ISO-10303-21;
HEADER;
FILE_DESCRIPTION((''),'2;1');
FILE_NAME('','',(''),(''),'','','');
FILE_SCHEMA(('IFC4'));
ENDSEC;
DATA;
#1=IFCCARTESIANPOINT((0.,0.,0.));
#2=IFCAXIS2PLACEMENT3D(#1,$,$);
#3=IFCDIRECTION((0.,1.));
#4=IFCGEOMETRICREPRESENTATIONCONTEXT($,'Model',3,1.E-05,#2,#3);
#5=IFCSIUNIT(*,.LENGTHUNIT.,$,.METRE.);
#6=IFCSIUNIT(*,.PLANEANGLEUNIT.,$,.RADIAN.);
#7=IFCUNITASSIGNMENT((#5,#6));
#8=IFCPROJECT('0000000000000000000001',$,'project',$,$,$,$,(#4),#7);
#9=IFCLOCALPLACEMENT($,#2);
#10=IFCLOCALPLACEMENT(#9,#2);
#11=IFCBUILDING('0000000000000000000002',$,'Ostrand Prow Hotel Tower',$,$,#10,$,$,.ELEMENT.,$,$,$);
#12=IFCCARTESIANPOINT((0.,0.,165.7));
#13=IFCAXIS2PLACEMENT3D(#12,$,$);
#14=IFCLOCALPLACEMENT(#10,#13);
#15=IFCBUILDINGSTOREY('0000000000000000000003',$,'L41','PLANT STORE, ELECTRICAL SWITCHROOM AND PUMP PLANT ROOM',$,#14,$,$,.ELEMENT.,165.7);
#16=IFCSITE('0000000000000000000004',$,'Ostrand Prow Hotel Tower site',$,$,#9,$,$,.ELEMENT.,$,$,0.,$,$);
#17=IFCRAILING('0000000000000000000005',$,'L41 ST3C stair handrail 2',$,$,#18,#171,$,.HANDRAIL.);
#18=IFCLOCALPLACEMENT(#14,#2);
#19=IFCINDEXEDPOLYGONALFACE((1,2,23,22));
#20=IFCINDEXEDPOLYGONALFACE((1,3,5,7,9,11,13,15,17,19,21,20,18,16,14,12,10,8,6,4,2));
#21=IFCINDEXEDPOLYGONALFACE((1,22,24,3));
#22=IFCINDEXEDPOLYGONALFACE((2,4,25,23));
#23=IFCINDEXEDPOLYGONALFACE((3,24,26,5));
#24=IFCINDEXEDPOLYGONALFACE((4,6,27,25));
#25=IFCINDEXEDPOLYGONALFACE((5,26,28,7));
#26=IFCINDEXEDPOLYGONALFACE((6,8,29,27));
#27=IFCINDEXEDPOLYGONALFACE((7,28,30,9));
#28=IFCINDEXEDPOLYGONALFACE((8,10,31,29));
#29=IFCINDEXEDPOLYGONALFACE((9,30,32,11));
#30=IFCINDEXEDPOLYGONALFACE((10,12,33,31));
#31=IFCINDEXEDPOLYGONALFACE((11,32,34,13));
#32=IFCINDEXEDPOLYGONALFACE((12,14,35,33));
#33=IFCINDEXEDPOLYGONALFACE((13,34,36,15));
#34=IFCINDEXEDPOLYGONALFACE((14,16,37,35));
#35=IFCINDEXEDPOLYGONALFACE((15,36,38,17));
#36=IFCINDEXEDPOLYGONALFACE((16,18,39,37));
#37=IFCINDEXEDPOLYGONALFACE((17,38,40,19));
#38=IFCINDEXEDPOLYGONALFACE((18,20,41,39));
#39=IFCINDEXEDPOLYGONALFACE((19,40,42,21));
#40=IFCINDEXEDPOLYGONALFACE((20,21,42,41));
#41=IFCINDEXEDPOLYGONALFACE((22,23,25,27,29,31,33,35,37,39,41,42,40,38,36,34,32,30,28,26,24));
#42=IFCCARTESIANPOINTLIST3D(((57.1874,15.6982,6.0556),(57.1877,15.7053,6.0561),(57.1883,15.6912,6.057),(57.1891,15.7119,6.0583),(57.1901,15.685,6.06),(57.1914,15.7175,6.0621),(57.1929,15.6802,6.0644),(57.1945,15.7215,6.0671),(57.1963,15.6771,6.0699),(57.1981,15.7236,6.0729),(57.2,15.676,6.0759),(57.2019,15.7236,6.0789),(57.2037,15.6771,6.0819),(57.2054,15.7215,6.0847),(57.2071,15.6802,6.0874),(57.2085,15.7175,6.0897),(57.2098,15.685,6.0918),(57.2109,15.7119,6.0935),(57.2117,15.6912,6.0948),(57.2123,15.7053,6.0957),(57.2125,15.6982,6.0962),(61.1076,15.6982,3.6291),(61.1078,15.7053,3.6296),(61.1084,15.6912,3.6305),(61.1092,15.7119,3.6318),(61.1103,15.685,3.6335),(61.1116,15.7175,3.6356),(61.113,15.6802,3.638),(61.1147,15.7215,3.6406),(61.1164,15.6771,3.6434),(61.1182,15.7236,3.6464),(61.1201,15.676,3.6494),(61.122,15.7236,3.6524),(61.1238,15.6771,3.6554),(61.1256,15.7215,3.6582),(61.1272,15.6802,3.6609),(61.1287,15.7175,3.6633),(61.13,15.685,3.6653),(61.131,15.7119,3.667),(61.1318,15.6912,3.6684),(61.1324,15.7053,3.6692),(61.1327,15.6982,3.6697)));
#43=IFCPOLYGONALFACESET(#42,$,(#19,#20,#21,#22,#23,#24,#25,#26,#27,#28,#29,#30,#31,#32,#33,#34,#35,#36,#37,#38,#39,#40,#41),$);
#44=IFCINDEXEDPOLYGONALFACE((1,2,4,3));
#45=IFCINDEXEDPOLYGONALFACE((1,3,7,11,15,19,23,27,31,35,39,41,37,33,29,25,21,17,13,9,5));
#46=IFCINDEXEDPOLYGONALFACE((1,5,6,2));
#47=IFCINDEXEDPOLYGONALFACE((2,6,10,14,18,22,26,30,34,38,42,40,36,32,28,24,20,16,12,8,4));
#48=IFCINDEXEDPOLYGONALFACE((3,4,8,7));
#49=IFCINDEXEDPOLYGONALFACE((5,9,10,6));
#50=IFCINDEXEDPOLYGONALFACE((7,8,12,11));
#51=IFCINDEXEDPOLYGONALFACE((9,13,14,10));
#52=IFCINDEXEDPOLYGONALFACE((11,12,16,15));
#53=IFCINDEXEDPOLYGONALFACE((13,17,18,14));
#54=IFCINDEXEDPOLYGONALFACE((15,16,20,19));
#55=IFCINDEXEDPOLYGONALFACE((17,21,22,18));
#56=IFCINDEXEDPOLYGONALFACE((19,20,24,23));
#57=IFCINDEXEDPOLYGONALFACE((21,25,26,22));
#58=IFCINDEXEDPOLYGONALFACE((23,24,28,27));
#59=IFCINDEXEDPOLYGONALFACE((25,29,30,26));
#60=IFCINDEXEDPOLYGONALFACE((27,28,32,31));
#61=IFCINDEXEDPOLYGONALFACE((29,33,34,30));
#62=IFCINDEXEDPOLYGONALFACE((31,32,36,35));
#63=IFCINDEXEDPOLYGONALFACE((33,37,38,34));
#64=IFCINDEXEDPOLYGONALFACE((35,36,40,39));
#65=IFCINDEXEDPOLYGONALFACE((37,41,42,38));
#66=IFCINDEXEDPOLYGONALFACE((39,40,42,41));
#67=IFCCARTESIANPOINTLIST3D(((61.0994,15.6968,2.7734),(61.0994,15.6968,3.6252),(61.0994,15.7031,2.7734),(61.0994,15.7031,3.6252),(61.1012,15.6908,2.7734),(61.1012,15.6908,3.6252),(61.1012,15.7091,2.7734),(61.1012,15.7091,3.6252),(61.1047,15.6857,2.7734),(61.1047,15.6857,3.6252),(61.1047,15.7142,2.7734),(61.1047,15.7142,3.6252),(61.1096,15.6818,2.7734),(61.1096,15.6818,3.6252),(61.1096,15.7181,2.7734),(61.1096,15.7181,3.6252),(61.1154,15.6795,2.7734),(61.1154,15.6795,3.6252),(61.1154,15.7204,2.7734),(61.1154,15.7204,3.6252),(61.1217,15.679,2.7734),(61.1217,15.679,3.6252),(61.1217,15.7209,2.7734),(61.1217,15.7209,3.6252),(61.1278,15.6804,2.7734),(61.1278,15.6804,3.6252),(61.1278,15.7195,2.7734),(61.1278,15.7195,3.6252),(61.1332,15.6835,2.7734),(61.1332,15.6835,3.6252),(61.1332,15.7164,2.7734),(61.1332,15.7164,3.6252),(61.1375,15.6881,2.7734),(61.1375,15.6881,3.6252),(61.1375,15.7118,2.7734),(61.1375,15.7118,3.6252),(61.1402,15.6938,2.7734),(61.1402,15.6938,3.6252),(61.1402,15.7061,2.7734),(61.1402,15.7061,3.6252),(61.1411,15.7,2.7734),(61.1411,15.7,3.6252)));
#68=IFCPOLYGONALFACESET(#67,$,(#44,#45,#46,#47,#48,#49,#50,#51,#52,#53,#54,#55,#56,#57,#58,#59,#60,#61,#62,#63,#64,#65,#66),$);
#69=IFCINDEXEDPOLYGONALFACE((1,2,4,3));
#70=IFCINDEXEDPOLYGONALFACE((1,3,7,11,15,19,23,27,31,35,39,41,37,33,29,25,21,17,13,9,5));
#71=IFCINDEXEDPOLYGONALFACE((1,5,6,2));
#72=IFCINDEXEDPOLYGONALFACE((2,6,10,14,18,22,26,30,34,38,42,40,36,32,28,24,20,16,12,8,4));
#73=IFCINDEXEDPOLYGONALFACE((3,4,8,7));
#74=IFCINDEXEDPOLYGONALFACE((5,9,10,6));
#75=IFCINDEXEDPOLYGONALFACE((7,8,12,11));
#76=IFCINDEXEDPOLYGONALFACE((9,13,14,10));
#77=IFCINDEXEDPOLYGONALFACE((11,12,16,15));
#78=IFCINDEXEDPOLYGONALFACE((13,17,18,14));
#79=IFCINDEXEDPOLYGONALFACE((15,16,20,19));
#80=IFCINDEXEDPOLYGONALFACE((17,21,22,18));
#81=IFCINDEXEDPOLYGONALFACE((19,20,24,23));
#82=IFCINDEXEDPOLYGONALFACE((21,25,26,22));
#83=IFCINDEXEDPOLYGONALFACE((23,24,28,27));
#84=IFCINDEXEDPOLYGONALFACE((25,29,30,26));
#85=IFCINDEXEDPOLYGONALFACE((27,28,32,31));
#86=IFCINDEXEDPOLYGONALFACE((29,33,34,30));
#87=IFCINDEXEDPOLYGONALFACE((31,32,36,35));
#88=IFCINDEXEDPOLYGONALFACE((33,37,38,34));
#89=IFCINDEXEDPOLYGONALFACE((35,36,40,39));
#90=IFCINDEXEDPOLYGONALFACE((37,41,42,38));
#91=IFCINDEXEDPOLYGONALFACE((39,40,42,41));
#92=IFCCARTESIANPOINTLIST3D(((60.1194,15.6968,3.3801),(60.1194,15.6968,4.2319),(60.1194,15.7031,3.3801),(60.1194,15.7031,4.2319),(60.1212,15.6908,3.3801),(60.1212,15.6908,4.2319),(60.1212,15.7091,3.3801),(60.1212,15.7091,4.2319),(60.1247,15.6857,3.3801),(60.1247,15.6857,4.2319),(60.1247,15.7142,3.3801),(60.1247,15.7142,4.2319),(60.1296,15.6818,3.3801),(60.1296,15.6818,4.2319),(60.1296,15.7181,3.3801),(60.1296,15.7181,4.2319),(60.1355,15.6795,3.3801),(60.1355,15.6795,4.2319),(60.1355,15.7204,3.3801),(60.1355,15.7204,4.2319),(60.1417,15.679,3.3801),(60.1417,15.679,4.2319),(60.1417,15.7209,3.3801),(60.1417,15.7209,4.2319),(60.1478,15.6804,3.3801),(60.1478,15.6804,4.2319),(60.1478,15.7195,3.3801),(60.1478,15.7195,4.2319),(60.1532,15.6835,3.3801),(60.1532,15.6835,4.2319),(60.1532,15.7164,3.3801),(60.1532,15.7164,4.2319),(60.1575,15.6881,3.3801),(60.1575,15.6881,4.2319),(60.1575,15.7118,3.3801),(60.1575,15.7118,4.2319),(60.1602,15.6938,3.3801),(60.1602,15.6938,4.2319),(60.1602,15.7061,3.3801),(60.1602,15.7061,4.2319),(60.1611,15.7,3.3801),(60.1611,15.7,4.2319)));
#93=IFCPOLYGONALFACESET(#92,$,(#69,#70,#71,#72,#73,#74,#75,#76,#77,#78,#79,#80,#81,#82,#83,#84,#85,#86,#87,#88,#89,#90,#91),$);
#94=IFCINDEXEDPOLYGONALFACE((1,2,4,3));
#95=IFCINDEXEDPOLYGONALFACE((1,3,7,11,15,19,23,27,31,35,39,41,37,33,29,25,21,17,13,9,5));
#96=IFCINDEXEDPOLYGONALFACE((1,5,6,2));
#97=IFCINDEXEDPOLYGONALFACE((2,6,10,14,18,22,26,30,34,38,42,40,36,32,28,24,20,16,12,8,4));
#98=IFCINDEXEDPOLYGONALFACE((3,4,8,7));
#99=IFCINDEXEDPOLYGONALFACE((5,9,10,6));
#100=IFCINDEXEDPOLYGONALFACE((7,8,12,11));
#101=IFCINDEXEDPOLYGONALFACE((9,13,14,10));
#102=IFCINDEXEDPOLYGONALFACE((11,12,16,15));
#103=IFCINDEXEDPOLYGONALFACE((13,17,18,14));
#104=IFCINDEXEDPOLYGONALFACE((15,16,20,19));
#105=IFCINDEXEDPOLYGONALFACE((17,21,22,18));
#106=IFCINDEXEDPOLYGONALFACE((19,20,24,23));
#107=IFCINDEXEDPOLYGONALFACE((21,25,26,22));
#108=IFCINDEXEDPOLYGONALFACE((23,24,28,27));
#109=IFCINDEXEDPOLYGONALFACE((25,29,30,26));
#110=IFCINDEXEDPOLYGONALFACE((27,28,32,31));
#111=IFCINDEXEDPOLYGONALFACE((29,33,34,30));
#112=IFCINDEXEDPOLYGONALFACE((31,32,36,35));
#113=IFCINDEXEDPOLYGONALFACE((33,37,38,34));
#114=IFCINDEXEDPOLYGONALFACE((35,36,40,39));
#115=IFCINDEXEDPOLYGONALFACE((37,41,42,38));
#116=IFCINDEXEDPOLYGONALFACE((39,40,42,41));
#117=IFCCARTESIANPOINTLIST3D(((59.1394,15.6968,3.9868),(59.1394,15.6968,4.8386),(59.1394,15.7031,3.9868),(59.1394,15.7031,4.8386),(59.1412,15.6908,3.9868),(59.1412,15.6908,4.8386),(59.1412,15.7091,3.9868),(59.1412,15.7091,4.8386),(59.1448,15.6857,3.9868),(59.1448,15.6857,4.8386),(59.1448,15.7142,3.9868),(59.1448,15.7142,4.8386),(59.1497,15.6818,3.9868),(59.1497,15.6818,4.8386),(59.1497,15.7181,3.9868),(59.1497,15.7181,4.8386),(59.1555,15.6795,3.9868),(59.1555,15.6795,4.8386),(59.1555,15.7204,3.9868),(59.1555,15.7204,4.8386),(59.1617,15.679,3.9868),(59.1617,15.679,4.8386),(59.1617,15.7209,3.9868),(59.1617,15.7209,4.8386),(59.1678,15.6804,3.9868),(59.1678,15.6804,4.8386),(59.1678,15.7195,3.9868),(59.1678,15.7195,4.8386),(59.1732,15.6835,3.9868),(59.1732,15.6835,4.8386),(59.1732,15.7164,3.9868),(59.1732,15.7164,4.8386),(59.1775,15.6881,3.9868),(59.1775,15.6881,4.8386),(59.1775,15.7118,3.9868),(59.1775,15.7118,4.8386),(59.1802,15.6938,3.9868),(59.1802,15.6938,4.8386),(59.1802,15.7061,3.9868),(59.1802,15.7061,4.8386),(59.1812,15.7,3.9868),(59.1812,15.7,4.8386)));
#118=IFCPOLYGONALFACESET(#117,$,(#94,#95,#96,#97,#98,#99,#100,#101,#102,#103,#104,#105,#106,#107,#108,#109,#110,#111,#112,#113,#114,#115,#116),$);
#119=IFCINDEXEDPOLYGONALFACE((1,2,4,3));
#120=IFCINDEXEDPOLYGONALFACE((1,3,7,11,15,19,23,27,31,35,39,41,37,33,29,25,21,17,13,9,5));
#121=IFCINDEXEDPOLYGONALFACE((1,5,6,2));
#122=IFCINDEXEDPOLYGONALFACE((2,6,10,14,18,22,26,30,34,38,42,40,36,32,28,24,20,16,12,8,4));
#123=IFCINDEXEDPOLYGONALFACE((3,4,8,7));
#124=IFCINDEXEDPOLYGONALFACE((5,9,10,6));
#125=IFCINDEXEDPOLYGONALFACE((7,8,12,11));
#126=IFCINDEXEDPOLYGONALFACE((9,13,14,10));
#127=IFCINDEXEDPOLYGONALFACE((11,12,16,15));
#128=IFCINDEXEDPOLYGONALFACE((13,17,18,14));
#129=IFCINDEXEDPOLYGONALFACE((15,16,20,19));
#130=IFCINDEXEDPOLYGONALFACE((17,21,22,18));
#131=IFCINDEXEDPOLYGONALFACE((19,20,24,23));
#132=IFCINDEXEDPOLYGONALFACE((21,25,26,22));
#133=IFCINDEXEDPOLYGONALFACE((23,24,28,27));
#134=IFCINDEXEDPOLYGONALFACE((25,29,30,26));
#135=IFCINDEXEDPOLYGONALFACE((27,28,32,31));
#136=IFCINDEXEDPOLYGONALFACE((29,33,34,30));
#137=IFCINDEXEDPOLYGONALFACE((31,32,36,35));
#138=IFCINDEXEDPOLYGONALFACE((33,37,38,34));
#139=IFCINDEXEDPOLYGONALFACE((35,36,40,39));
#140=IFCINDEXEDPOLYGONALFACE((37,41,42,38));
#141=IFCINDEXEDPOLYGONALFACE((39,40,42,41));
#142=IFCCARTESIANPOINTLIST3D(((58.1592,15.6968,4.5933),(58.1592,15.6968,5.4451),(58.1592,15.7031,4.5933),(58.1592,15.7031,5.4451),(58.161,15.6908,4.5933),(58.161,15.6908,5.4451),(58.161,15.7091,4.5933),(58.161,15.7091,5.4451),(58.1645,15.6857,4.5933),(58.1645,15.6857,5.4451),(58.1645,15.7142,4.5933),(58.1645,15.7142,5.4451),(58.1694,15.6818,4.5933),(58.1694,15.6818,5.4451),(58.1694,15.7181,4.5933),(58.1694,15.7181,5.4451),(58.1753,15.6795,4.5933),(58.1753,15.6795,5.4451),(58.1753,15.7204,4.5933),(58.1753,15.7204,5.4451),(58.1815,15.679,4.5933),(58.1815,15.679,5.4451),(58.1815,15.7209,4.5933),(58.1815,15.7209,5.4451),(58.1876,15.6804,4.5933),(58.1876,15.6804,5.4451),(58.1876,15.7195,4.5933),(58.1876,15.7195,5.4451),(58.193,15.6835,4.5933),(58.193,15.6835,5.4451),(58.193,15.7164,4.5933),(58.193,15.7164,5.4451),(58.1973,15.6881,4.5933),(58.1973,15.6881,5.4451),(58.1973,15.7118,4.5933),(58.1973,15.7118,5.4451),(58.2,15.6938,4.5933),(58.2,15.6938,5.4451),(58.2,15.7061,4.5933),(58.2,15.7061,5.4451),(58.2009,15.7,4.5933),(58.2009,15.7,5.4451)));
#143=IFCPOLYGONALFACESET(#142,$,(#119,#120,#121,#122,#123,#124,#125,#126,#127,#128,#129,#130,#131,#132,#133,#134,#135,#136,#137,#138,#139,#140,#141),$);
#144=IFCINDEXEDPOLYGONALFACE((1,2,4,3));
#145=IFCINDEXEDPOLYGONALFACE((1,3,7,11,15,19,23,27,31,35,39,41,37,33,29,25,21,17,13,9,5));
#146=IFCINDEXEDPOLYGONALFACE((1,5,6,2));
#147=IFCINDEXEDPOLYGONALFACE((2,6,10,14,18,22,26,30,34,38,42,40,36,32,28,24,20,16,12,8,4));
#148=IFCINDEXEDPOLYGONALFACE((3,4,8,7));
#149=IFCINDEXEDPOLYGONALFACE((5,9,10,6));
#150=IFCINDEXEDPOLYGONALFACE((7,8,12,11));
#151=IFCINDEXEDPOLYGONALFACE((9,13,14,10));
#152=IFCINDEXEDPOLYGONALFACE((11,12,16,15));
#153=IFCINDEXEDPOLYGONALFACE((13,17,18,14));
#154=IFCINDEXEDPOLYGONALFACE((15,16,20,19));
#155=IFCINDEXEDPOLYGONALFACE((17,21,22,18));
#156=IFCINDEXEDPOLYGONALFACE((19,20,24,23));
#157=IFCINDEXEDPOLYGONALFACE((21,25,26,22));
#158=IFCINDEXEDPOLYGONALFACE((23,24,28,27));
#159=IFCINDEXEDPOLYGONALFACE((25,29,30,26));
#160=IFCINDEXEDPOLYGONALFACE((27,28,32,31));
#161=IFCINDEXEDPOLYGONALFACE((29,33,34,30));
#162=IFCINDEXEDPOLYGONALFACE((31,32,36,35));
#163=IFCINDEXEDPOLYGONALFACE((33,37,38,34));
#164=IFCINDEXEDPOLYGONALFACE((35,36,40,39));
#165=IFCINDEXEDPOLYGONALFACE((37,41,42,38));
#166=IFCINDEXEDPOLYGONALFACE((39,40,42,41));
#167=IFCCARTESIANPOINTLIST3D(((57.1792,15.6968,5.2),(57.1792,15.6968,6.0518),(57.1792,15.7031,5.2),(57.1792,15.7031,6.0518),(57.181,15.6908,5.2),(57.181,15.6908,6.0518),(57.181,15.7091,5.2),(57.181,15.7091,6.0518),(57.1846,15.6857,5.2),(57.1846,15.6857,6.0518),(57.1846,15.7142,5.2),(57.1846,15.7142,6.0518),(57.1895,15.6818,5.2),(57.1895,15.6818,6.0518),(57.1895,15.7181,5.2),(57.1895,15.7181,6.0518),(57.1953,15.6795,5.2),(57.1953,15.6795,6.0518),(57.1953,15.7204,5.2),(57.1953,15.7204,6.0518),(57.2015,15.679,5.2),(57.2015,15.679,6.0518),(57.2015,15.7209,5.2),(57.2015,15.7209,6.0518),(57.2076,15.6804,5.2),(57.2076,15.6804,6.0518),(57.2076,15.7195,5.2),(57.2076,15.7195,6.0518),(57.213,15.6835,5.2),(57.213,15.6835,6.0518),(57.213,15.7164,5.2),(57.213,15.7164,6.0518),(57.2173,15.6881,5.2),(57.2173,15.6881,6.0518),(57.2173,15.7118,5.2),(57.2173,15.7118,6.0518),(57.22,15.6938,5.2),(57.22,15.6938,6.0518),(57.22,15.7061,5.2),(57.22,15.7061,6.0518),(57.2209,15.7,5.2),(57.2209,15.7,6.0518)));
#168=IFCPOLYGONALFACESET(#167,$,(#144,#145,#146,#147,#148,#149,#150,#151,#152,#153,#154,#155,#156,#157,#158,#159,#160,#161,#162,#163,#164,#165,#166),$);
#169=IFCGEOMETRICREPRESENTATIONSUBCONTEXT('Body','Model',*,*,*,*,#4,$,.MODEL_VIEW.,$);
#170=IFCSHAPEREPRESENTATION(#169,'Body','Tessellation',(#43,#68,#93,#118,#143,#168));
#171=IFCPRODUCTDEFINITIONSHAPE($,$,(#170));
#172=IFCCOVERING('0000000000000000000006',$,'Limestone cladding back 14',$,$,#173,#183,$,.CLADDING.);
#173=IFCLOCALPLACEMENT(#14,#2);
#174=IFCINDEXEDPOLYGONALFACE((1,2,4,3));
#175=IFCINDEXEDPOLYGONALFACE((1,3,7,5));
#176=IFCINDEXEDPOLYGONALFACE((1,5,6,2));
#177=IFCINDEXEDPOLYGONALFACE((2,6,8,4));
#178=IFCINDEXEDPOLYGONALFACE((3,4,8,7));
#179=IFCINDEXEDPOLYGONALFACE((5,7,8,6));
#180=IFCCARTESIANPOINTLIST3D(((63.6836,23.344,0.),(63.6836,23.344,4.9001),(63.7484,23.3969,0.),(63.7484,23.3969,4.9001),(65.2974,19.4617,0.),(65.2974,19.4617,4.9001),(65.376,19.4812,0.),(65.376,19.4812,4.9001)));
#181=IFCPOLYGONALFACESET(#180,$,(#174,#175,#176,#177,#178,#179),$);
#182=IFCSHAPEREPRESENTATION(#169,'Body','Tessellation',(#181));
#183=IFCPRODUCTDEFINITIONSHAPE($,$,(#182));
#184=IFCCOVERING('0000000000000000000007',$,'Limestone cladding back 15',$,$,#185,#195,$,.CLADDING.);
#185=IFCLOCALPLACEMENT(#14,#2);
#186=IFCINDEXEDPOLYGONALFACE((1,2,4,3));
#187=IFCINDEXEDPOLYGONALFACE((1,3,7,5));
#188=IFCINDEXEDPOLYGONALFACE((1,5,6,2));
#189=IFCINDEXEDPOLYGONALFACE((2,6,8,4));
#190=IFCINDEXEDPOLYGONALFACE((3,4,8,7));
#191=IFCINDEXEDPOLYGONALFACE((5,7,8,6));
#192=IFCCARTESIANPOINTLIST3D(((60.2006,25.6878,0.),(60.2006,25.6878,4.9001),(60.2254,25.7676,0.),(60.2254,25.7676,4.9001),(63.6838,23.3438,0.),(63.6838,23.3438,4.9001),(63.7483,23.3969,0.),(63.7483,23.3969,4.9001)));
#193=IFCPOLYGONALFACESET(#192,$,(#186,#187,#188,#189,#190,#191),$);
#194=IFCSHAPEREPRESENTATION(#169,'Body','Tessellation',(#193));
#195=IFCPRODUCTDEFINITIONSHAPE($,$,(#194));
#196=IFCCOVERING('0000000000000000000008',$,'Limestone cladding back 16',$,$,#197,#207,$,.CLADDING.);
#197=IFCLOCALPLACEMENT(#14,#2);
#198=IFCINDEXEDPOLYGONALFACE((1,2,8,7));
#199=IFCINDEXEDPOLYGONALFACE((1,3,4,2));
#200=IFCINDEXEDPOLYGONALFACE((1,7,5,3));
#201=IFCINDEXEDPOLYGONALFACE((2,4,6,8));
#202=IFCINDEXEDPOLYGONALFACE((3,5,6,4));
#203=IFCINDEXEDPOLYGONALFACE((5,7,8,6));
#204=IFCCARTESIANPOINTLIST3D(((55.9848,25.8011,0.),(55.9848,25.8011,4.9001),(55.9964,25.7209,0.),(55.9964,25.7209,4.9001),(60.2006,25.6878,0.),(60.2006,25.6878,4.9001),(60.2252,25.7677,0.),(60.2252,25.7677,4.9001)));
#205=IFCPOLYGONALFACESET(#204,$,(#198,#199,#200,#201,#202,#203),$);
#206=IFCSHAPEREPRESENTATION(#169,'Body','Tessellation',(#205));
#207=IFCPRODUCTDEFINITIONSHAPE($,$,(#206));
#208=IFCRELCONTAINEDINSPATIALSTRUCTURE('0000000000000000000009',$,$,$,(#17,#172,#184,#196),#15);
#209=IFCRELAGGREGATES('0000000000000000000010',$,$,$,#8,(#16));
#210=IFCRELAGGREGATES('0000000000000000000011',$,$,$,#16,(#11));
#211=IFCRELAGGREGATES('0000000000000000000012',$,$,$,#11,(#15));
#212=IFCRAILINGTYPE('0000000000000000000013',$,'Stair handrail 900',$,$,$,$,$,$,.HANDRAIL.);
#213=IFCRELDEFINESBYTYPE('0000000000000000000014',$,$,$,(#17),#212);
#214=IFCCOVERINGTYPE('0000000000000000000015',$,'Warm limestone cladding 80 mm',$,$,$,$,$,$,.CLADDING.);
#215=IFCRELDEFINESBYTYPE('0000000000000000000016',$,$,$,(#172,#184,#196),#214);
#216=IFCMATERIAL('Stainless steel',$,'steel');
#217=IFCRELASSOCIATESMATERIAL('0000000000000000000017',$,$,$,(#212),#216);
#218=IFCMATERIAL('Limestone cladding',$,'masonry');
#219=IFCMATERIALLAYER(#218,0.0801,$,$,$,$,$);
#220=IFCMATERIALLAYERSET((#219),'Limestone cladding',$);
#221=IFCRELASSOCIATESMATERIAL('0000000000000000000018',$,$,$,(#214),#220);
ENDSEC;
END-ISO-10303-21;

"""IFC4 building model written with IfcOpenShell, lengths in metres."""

from ifc_helpers import new_model, si_unit, direction, frame, origin, origin_2d, place, context, subcontext, project, spatial, polyline, circle, outline, extrude, material, layer, layer_set, type_object, element, save


model = new_model("IFC4")

# Units and contexts
model_context = context("Model", 3, precision=1e-05, world=origin(), true_north=direction((0.0, 1.0)))
body_context = subcontext(model_context, "Body", "Model", "MODEL_VIEW")
ifc_project = project(units=[si_unit("LENGTHUNIT", "METRE"), si_unit("PLANEANGLEUNIT", "RADIAN")], contexts=[model_context])

# Site, building, storey
site_placement = place(None, origin())
site = spatial("IfcSite", under=ifc_project, at=site_placement, Name="Ostrand Prow Hotel Tower site", CompositionType="ELEMENT", RefElevation=0.0)
building_placement = place(site_placement, origin())
building = spatial("IfcBuilding", under=site, at=building_placement, Name="Ostrand Prow Hotel Tower", CompositionType="ELEMENT")
storey_placement = place(building_placement, frame((0.0, 0.0, 165.7)))
storey = spatial("IfcBuildingStorey", under=building, at=storey_placement, Name="L41", Description="PLANT STORE, ELECTRICAL SWITCHROOM AND PUMP PLANT ROOM", CompositionType="ELEMENT", Elevation=165.7)

# Railing
ifc_material_1 = material(Name="Stainless steel", Category="steel")
railing_type_1 = type_object("IfcRailingType", Name="Stair handrail 900", PredefinedType="HANDRAIL", material=ifc_material_1)
railing_1_placement = place(storey_placement, frame((61.1201, 15.7, 2.7734)))
element("IfcRailing", 1, at=railing_1_placement, inside=storey, type_object=railing_type_1, Name="L41 ST3C stair handrail 2", PredefinedType="HANDRAIL", context=body_context, shape_type="SweptSolid", body=[
    extrude(circle(Radius=0.0239, at=origin_2d()), frame((0.0, 0.0, 0.876), z_axis=(-0.85029, 0.0, 0.526315), x_axis=(0.0, -1.0, 0.0)), (0.0, 0.0, 1.0), 4.6104),
    extrude(circle(Radius=0.021, at=origin_2d()), origin(), (0.0, 0.0, 1.0), 0.8518),
    extrude(circle(Radius=0.021, at=origin_2d()), frame((-0.98, 0.0, 0.6067)), (0.0, 0.0, 1.0), 0.8518),
    extrude(circle(Radius=0.021, at=origin_2d()), frame((-1.96, 0.0, 1.2134)), (0.0, 0.0, 1.0), 0.8518),
    extrude(circle(Radius=0.021, at=origin_2d()), frame((-2.9402, 0.0, 1.8198)), (0.0, 0.0, 1.0), 0.8518),
    extrude(circle(Radius=0.021, at=origin_2d()), frame((-3.9202, 0.0, 2.4265)), (0.0, 0.0, 1.0), 0.8518),
])

# Coverings
ifc_material_2 = material(Name="Limestone cladding", Category="masonry")
ifc_layer_1 = layer(ifc_material_2, 0.0801)
ifc_layer_set_1 = layer_set([ifc_layer_1], Name="Limestone cladding")
covering_type_1 = type_object("IfcCoveringType", Name="Warm limestone cladding 80 mm", PredefinedType="CLADDING", material=ifc_layer_set_1)
covering_1_placement = place(storey_placement, frame((65.3367, 19.4714, 0.0), z_axis=(0.0, 0.0, 1.0), x_axis=(-0.383819, 0.923408, 0.0)))
element("IfcCovering", 2, at=covering_1_placement, inside=storey, type_object=covering_type_1, Name="Limestone cladding back 14", PredefinedType="CLADDING", context=body_context, shape_type="SweptSolid", body=[
    extrude(outline(polyline([(-0.0061, -0.04), (4.2344, -0.04), (4.2104, 0.04), (0.0061, 0.04), (-0.0061, -0.04)])), origin(), (0.0, 0.0, 1.0), 4.9001),
])
covering_2_placement = place(storey_placement, frame((63.7161, 23.3704, 0.0), z_axis=(0.0, 0.0, 1.0), x_axis=(-0.829641, 0.558298, 0.0)))
element("IfcCovering", 3, at=covering_2_placement, inside=storey, type_object=covering_type_1, Name="Limestone cladding back 15", PredefinedType="CLADDING", context=body_context, shape_type="SweptSolid", body=[
    extrude(outline(polyline([(-0.012, -0.04), (4.2344, -0.04), (4.2104, 0.04), (0.012, 0.04), (-0.012, -0.04)])), origin(), (0.0, 0.0, 1.0), 4.9001),
])
covering_3_placement = place(storey_placement, frame((60.2129, 25.7278, 0.0), z_axis=(0.0, 0.0, 1.0), x_axis=(-0.999969, 0.007864, 0.0)))
element("IfcCovering", 4, at=covering_3_placement, inside=storey, type_object=covering_type_1, Name="Limestone cladding back 16", PredefinedType="CLADDING", context=body_context, shape_type="SweptSolid", body=[
    extrude(outline(polyline([(-0.012, -0.04), (4.2285, -0.04), (4.2163, 0.04), (0.012, 0.04), (-0.012, -0.04)])), origin(), (0.0, 0.0, 1.0), 4.9001),
])

save(model, "model.ifc")
